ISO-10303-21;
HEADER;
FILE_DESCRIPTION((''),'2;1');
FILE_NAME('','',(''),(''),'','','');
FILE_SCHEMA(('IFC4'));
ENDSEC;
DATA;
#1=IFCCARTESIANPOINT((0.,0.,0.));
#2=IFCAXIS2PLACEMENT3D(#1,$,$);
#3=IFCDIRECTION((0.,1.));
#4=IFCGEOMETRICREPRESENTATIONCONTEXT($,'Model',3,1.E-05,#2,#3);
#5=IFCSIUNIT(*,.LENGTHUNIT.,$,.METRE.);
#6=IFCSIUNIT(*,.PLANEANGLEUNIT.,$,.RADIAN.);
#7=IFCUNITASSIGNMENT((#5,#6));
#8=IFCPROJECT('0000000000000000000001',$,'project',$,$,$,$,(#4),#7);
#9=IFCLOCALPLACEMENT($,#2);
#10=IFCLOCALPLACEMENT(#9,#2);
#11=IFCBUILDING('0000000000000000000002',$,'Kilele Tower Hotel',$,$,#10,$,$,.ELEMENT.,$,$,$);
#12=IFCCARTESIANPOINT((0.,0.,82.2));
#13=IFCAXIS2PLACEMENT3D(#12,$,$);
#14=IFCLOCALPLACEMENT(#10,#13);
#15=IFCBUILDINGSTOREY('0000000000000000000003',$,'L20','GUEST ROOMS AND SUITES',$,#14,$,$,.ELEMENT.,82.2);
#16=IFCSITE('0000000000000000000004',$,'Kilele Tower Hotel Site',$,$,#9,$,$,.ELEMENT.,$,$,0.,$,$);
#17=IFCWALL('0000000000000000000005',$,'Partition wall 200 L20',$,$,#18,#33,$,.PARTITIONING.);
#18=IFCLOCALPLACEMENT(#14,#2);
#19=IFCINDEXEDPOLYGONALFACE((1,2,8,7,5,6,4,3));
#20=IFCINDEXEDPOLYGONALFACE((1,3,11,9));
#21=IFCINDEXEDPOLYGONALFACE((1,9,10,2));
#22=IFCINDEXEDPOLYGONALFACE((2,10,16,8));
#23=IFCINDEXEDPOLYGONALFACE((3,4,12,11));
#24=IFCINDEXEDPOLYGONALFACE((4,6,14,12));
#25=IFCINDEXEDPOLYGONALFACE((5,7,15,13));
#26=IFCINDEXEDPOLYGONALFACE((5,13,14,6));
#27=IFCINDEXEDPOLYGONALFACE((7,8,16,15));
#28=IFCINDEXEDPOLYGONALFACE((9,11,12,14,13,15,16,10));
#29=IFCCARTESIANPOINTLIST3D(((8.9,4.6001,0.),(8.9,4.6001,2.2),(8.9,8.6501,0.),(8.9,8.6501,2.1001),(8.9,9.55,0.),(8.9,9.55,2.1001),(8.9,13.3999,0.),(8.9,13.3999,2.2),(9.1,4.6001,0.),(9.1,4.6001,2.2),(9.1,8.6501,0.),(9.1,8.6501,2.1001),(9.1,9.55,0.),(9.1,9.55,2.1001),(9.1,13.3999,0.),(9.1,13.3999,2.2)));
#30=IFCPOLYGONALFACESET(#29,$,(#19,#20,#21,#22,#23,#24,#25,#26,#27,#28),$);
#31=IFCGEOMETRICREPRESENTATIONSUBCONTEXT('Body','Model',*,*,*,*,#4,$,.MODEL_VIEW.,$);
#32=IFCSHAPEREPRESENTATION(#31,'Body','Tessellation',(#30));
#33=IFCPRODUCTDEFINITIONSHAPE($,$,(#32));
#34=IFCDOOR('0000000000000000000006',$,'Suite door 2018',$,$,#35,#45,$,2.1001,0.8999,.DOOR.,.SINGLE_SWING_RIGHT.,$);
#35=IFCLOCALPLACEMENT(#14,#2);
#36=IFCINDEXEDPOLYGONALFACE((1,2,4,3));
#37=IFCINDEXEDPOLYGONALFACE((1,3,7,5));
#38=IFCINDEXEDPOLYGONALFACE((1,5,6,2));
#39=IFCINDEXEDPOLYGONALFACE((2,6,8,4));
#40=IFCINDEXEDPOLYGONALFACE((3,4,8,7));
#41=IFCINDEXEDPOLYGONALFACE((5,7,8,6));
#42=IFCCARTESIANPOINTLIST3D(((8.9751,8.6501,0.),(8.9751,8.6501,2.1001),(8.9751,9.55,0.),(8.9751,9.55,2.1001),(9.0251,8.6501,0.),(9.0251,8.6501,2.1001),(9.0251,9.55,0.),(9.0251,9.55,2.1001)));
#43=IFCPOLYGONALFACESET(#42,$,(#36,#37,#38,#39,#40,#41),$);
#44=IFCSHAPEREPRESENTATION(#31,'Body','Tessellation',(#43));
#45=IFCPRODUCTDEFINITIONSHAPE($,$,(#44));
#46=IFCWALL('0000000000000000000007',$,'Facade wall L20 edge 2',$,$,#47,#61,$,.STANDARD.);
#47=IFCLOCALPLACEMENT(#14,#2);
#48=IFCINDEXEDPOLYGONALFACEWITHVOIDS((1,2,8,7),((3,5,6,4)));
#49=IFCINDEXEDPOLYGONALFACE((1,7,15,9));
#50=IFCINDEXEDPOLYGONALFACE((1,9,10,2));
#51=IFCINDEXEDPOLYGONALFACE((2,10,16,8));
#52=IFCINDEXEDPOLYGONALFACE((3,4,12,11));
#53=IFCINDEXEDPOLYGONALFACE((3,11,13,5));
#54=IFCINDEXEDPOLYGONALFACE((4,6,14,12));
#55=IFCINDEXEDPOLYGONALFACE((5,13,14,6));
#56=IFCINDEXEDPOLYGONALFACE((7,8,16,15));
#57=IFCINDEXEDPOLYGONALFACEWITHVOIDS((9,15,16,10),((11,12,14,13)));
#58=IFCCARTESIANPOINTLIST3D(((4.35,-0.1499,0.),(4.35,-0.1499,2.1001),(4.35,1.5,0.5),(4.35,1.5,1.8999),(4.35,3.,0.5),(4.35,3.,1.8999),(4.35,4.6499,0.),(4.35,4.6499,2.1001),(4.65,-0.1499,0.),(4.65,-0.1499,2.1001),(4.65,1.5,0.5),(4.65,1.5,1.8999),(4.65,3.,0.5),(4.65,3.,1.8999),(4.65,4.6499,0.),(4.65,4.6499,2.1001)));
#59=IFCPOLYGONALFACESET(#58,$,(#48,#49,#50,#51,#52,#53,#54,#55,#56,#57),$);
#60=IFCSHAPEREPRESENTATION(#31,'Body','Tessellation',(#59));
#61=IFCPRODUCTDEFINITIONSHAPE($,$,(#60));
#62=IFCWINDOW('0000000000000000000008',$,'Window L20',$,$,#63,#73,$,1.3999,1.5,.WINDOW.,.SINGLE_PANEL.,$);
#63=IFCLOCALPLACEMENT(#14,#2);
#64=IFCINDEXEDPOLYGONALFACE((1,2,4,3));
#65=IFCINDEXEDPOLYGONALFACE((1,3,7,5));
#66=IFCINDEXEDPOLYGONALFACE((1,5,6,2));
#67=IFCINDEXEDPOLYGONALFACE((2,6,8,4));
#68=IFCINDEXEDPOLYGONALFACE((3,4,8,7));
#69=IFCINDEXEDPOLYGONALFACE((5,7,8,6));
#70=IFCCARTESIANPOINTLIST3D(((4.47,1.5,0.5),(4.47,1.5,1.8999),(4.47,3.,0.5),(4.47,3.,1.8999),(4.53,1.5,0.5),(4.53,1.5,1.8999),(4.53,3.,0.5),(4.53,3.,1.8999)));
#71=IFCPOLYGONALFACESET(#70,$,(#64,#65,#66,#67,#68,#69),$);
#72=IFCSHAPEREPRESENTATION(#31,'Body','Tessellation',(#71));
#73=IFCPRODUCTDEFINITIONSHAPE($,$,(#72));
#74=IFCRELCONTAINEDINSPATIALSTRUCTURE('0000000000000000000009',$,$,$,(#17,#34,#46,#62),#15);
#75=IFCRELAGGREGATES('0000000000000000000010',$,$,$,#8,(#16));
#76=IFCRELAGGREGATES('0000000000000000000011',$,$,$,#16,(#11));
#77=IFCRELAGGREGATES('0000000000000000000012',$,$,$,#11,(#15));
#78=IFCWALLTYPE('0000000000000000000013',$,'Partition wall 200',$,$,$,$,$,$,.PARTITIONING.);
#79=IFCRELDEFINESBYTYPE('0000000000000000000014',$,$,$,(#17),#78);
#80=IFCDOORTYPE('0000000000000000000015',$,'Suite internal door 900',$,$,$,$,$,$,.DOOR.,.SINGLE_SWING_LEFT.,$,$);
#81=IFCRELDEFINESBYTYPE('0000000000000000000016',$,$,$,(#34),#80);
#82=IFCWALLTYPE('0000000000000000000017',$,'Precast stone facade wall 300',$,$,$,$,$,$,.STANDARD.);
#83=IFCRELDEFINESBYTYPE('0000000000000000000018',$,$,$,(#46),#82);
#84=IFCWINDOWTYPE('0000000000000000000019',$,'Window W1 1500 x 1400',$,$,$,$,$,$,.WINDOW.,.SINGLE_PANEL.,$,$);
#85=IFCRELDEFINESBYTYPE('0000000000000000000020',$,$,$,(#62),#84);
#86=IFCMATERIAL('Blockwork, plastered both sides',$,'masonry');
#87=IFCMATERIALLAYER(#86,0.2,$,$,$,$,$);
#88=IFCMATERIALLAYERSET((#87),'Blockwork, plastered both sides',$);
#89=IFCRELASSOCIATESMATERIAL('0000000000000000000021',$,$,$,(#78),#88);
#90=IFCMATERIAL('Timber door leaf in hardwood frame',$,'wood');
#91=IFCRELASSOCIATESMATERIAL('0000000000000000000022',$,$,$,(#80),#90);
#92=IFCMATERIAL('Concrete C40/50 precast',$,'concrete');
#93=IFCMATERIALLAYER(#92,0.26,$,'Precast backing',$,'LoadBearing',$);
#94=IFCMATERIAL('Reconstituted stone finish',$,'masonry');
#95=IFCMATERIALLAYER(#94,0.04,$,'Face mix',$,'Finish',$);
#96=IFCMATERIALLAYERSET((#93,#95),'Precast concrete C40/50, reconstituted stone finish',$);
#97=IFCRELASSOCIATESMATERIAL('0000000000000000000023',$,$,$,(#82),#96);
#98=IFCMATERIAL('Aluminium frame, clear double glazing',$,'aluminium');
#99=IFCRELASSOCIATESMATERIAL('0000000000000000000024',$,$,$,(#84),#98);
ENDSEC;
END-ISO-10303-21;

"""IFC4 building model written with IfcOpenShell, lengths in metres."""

from ifc_helpers import new_model, si_unit, direction, frame, frame_2d, origin, place, context, subcontext, project, spatial, rectangle, extrude, material, layer, layer_set, type_object, element, fill, save


model = new_model("IFC4")

# Units and contexts
model_context = context("Model", 3, precision=1e-05, world=origin(), true_north=direction((0.0, 1.0)))
body_context = subcontext(model_context, "Body", "Model", "MODEL_VIEW")
ifc_project = project(units=[si_unit("LENGTHUNIT", "METRE"), si_unit("PLANEANGLEUNIT", "RADIAN")], contexts=[model_context])

# Site, building, storey
site_placement = place(None, origin())
site = spatial("IfcSite", under=ifc_project, at=site_placement, Name="Kilele Tower Hotel Site", CompositionType="ELEMENT", RefElevation=0.0)
building_placement = place(site_placement, origin())
building = spatial("IfcBuilding", under=site, at=building_placement, Name="Kilele Tower Hotel", CompositionType="ELEMENT")
storey_placement = place(building_placement, frame((0.0, 0.0, 82.2)))
storey = spatial("IfcBuildingStorey", under=building, at=storey_placement, Name="L20", Description="GUEST ROOMS AND SUITES", CompositionType="ELEMENT", Elevation=82.2)

# Wall, opening, door
ifc_material_1 = material(Name="Blockwork, plastered both sides", Category="masonry")
ifc_layer_1 = layer(ifc_material_1, 0.2)
ifc_layer_set_1 = layer_set([ifc_layer_1], Name="Blockwork, plastered both sides")
wall_type_1 = type_object("IfcWallType", Name="Partition wall 200", PredefinedType="PARTITIONING", material=ifc_layer_set_1)
wall_1_placement = place(storey_placement, frame((9.0, 4.6001, 0.0), z_axis=(0.0, 0.0, 1.0), x_axis=(0.0, 1.0, 0.0)))
wall_1 = element("IfcWall", 1, at=wall_1_placement, inside=storey, type_object=wall_type_1, Name="Partition wall 200 L20", PredefinedType="PARTITIONING", context=body_context, shape_type="SweptSolid", body=[
    extrude(rectangle(XDim=8.7998, YDim=0.2, at=frame_2d((4.3999, 0.0))), origin(), (0.0, 0.0, 1.0), 2.2),
])
opening_1_placement = place(wall_1_placement, frame((4.05, 0.0, 0.0)))
opening_1 = element("IfcOpeningElement", 2, at=opening_1_placement, cuts=wall_1, PredefinedType="OPENING", context=body_context, shape_type="SweptSolid", body=[
    extrude(rectangle(XDim=0.8999, YDim=2.1001, at=frame_2d((0.45, 1.05))), frame((0.0, 0.1099, 0.0), z_axis=(0.0, -1.0, 0.0), x_axis=(1.0, 0.0, 0.0)), (0.0, 0.0, 1.0), 0.22),
])
ifc_material_2 = material(Name="Timber door leaf in hardwood frame", Category="wood")
door_type_1 = type_object("IfcDoorType", Name="Suite internal door 900", OperationType="SINGLE_SWING_LEFT", PredefinedType="DOOR", material=ifc_material_2)
door_1_placement = place(opening_1_placement, origin())
door_1 = element("IfcDoor", 3, at=door_1_placement, inside=storey, type_object=door_type_1, Name="Suite door 2018", OperationType="SINGLE_SWING_RIGHT", OverallHeight=2.1001, OverallWidth=0.8999, PredefinedType="DOOR", context=body_context, shape_type="SweptSolid", body=[
    extrude(rectangle(XDim=0.8999, YDim=2.1001, at=frame_2d((0.45, 1.05))), frame((0.0, 0.0249, 0.0), z_axis=(0.0, -1.0, 0.0), x_axis=(1.0, 0.0, 0.0)), (0.0, 0.0, 1.0), 0.05),
])
fill(opening_1, door_1)

# Wall, opening, window
ifc_material_3 = material(Name="Concrete C40/50 precast", Category="concrete")
ifc_layer_2 = layer(ifc_material_3, 0.26, Name="Precast backing", Category="LoadBearing")
ifc_material_4 = material(Name="Reconstituted stone finish", Category="masonry")
ifc_layer_3 = layer(ifc_material_4, 0.04, Name="Face mix", Category="Finish")
ifc_layer_set_2 = layer_set([ifc_layer_2, ifc_layer_3], Name="Precast concrete C40/50, reconstituted stone finish")
wall_type_2 = type_object("IfcWallType", Name="Precast stone facade wall 300", PredefinedType="STANDARD", material=ifc_layer_set_2)
wall_2_placement = place(storey_placement, frame((4.5, 4.6499, 0.0), z_axis=(0.0, 0.0, 1.0), x_axis=(0.0, -1.0, 0.0)))
wall_2 = element("IfcWall", 4, at=wall_2_placement, inside=storey, type_object=wall_type_2, Name="Facade wall L20 edge 2", PredefinedType="STANDARD", context=body_context, shape_type="SweptSolid", body=[
    extrude(rectangle(XDim=4.7998, YDim=0.3, at=frame_2d((2.3999, 0.0))), origin(), (0.0, 0.0, 1.0), 2.1001),
])
opening_2_placement = place(wall_2_placement, frame((1.6499, 0.0, 0.5)))
opening_2 = element("IfcOpeningElement", 5, at=opening_2_placement, cuts=wall_2, PredefinedType="OPENING", context=body_context, shape_type="SweptSolid", body=[
    extrude(rectangle(XDim=1.5, YDim=1.3999, at=frame_2d((0.75, 0.7))), frame((0.0, 0.1599, 0.0), z_axis=(0.0, -1.0, 0.0), x_axis=(1.0, 0.0, 0.0)), (0.0, 0.0, 1.0), 0.3201),
])
ifc_material_5 = material(Name="Aluminium frame, clear double glazing", Category="aluminium")
window_type = type_object("IfcWindowType", Name="Window W1 1500 x 1400", PartitioningType="SINGLE_PANEL", PredefinedType="WINDOW", material=ifc_material_5)
window_placement = place(opening_2_placement, origin())
window = element("IfcWindow", 6, at=window_placement, inside=storey, type_object=window_type, Name="Window L20", OverallHeight=1.3999, OverallWidth=1.5, PartitioningType="SINGLE_PANEL", PredefinedType="WINDOW", context=body_context, shape_type="SweptSolid", body=[
    extrude(rectangle(XDim=1.5, YDim=1.3999, at=frame_2d((0.75, 0.7))), frame((0.0, 0.03, 0.0), z_axis=(0.0, -1.0, 0.0), x_axis=(1.0, 0.0, 0.0)), (0.0, 0.0, 1.0), 0.0601),
])
fill(opening_2, window)

save(model, "model.ifc")
